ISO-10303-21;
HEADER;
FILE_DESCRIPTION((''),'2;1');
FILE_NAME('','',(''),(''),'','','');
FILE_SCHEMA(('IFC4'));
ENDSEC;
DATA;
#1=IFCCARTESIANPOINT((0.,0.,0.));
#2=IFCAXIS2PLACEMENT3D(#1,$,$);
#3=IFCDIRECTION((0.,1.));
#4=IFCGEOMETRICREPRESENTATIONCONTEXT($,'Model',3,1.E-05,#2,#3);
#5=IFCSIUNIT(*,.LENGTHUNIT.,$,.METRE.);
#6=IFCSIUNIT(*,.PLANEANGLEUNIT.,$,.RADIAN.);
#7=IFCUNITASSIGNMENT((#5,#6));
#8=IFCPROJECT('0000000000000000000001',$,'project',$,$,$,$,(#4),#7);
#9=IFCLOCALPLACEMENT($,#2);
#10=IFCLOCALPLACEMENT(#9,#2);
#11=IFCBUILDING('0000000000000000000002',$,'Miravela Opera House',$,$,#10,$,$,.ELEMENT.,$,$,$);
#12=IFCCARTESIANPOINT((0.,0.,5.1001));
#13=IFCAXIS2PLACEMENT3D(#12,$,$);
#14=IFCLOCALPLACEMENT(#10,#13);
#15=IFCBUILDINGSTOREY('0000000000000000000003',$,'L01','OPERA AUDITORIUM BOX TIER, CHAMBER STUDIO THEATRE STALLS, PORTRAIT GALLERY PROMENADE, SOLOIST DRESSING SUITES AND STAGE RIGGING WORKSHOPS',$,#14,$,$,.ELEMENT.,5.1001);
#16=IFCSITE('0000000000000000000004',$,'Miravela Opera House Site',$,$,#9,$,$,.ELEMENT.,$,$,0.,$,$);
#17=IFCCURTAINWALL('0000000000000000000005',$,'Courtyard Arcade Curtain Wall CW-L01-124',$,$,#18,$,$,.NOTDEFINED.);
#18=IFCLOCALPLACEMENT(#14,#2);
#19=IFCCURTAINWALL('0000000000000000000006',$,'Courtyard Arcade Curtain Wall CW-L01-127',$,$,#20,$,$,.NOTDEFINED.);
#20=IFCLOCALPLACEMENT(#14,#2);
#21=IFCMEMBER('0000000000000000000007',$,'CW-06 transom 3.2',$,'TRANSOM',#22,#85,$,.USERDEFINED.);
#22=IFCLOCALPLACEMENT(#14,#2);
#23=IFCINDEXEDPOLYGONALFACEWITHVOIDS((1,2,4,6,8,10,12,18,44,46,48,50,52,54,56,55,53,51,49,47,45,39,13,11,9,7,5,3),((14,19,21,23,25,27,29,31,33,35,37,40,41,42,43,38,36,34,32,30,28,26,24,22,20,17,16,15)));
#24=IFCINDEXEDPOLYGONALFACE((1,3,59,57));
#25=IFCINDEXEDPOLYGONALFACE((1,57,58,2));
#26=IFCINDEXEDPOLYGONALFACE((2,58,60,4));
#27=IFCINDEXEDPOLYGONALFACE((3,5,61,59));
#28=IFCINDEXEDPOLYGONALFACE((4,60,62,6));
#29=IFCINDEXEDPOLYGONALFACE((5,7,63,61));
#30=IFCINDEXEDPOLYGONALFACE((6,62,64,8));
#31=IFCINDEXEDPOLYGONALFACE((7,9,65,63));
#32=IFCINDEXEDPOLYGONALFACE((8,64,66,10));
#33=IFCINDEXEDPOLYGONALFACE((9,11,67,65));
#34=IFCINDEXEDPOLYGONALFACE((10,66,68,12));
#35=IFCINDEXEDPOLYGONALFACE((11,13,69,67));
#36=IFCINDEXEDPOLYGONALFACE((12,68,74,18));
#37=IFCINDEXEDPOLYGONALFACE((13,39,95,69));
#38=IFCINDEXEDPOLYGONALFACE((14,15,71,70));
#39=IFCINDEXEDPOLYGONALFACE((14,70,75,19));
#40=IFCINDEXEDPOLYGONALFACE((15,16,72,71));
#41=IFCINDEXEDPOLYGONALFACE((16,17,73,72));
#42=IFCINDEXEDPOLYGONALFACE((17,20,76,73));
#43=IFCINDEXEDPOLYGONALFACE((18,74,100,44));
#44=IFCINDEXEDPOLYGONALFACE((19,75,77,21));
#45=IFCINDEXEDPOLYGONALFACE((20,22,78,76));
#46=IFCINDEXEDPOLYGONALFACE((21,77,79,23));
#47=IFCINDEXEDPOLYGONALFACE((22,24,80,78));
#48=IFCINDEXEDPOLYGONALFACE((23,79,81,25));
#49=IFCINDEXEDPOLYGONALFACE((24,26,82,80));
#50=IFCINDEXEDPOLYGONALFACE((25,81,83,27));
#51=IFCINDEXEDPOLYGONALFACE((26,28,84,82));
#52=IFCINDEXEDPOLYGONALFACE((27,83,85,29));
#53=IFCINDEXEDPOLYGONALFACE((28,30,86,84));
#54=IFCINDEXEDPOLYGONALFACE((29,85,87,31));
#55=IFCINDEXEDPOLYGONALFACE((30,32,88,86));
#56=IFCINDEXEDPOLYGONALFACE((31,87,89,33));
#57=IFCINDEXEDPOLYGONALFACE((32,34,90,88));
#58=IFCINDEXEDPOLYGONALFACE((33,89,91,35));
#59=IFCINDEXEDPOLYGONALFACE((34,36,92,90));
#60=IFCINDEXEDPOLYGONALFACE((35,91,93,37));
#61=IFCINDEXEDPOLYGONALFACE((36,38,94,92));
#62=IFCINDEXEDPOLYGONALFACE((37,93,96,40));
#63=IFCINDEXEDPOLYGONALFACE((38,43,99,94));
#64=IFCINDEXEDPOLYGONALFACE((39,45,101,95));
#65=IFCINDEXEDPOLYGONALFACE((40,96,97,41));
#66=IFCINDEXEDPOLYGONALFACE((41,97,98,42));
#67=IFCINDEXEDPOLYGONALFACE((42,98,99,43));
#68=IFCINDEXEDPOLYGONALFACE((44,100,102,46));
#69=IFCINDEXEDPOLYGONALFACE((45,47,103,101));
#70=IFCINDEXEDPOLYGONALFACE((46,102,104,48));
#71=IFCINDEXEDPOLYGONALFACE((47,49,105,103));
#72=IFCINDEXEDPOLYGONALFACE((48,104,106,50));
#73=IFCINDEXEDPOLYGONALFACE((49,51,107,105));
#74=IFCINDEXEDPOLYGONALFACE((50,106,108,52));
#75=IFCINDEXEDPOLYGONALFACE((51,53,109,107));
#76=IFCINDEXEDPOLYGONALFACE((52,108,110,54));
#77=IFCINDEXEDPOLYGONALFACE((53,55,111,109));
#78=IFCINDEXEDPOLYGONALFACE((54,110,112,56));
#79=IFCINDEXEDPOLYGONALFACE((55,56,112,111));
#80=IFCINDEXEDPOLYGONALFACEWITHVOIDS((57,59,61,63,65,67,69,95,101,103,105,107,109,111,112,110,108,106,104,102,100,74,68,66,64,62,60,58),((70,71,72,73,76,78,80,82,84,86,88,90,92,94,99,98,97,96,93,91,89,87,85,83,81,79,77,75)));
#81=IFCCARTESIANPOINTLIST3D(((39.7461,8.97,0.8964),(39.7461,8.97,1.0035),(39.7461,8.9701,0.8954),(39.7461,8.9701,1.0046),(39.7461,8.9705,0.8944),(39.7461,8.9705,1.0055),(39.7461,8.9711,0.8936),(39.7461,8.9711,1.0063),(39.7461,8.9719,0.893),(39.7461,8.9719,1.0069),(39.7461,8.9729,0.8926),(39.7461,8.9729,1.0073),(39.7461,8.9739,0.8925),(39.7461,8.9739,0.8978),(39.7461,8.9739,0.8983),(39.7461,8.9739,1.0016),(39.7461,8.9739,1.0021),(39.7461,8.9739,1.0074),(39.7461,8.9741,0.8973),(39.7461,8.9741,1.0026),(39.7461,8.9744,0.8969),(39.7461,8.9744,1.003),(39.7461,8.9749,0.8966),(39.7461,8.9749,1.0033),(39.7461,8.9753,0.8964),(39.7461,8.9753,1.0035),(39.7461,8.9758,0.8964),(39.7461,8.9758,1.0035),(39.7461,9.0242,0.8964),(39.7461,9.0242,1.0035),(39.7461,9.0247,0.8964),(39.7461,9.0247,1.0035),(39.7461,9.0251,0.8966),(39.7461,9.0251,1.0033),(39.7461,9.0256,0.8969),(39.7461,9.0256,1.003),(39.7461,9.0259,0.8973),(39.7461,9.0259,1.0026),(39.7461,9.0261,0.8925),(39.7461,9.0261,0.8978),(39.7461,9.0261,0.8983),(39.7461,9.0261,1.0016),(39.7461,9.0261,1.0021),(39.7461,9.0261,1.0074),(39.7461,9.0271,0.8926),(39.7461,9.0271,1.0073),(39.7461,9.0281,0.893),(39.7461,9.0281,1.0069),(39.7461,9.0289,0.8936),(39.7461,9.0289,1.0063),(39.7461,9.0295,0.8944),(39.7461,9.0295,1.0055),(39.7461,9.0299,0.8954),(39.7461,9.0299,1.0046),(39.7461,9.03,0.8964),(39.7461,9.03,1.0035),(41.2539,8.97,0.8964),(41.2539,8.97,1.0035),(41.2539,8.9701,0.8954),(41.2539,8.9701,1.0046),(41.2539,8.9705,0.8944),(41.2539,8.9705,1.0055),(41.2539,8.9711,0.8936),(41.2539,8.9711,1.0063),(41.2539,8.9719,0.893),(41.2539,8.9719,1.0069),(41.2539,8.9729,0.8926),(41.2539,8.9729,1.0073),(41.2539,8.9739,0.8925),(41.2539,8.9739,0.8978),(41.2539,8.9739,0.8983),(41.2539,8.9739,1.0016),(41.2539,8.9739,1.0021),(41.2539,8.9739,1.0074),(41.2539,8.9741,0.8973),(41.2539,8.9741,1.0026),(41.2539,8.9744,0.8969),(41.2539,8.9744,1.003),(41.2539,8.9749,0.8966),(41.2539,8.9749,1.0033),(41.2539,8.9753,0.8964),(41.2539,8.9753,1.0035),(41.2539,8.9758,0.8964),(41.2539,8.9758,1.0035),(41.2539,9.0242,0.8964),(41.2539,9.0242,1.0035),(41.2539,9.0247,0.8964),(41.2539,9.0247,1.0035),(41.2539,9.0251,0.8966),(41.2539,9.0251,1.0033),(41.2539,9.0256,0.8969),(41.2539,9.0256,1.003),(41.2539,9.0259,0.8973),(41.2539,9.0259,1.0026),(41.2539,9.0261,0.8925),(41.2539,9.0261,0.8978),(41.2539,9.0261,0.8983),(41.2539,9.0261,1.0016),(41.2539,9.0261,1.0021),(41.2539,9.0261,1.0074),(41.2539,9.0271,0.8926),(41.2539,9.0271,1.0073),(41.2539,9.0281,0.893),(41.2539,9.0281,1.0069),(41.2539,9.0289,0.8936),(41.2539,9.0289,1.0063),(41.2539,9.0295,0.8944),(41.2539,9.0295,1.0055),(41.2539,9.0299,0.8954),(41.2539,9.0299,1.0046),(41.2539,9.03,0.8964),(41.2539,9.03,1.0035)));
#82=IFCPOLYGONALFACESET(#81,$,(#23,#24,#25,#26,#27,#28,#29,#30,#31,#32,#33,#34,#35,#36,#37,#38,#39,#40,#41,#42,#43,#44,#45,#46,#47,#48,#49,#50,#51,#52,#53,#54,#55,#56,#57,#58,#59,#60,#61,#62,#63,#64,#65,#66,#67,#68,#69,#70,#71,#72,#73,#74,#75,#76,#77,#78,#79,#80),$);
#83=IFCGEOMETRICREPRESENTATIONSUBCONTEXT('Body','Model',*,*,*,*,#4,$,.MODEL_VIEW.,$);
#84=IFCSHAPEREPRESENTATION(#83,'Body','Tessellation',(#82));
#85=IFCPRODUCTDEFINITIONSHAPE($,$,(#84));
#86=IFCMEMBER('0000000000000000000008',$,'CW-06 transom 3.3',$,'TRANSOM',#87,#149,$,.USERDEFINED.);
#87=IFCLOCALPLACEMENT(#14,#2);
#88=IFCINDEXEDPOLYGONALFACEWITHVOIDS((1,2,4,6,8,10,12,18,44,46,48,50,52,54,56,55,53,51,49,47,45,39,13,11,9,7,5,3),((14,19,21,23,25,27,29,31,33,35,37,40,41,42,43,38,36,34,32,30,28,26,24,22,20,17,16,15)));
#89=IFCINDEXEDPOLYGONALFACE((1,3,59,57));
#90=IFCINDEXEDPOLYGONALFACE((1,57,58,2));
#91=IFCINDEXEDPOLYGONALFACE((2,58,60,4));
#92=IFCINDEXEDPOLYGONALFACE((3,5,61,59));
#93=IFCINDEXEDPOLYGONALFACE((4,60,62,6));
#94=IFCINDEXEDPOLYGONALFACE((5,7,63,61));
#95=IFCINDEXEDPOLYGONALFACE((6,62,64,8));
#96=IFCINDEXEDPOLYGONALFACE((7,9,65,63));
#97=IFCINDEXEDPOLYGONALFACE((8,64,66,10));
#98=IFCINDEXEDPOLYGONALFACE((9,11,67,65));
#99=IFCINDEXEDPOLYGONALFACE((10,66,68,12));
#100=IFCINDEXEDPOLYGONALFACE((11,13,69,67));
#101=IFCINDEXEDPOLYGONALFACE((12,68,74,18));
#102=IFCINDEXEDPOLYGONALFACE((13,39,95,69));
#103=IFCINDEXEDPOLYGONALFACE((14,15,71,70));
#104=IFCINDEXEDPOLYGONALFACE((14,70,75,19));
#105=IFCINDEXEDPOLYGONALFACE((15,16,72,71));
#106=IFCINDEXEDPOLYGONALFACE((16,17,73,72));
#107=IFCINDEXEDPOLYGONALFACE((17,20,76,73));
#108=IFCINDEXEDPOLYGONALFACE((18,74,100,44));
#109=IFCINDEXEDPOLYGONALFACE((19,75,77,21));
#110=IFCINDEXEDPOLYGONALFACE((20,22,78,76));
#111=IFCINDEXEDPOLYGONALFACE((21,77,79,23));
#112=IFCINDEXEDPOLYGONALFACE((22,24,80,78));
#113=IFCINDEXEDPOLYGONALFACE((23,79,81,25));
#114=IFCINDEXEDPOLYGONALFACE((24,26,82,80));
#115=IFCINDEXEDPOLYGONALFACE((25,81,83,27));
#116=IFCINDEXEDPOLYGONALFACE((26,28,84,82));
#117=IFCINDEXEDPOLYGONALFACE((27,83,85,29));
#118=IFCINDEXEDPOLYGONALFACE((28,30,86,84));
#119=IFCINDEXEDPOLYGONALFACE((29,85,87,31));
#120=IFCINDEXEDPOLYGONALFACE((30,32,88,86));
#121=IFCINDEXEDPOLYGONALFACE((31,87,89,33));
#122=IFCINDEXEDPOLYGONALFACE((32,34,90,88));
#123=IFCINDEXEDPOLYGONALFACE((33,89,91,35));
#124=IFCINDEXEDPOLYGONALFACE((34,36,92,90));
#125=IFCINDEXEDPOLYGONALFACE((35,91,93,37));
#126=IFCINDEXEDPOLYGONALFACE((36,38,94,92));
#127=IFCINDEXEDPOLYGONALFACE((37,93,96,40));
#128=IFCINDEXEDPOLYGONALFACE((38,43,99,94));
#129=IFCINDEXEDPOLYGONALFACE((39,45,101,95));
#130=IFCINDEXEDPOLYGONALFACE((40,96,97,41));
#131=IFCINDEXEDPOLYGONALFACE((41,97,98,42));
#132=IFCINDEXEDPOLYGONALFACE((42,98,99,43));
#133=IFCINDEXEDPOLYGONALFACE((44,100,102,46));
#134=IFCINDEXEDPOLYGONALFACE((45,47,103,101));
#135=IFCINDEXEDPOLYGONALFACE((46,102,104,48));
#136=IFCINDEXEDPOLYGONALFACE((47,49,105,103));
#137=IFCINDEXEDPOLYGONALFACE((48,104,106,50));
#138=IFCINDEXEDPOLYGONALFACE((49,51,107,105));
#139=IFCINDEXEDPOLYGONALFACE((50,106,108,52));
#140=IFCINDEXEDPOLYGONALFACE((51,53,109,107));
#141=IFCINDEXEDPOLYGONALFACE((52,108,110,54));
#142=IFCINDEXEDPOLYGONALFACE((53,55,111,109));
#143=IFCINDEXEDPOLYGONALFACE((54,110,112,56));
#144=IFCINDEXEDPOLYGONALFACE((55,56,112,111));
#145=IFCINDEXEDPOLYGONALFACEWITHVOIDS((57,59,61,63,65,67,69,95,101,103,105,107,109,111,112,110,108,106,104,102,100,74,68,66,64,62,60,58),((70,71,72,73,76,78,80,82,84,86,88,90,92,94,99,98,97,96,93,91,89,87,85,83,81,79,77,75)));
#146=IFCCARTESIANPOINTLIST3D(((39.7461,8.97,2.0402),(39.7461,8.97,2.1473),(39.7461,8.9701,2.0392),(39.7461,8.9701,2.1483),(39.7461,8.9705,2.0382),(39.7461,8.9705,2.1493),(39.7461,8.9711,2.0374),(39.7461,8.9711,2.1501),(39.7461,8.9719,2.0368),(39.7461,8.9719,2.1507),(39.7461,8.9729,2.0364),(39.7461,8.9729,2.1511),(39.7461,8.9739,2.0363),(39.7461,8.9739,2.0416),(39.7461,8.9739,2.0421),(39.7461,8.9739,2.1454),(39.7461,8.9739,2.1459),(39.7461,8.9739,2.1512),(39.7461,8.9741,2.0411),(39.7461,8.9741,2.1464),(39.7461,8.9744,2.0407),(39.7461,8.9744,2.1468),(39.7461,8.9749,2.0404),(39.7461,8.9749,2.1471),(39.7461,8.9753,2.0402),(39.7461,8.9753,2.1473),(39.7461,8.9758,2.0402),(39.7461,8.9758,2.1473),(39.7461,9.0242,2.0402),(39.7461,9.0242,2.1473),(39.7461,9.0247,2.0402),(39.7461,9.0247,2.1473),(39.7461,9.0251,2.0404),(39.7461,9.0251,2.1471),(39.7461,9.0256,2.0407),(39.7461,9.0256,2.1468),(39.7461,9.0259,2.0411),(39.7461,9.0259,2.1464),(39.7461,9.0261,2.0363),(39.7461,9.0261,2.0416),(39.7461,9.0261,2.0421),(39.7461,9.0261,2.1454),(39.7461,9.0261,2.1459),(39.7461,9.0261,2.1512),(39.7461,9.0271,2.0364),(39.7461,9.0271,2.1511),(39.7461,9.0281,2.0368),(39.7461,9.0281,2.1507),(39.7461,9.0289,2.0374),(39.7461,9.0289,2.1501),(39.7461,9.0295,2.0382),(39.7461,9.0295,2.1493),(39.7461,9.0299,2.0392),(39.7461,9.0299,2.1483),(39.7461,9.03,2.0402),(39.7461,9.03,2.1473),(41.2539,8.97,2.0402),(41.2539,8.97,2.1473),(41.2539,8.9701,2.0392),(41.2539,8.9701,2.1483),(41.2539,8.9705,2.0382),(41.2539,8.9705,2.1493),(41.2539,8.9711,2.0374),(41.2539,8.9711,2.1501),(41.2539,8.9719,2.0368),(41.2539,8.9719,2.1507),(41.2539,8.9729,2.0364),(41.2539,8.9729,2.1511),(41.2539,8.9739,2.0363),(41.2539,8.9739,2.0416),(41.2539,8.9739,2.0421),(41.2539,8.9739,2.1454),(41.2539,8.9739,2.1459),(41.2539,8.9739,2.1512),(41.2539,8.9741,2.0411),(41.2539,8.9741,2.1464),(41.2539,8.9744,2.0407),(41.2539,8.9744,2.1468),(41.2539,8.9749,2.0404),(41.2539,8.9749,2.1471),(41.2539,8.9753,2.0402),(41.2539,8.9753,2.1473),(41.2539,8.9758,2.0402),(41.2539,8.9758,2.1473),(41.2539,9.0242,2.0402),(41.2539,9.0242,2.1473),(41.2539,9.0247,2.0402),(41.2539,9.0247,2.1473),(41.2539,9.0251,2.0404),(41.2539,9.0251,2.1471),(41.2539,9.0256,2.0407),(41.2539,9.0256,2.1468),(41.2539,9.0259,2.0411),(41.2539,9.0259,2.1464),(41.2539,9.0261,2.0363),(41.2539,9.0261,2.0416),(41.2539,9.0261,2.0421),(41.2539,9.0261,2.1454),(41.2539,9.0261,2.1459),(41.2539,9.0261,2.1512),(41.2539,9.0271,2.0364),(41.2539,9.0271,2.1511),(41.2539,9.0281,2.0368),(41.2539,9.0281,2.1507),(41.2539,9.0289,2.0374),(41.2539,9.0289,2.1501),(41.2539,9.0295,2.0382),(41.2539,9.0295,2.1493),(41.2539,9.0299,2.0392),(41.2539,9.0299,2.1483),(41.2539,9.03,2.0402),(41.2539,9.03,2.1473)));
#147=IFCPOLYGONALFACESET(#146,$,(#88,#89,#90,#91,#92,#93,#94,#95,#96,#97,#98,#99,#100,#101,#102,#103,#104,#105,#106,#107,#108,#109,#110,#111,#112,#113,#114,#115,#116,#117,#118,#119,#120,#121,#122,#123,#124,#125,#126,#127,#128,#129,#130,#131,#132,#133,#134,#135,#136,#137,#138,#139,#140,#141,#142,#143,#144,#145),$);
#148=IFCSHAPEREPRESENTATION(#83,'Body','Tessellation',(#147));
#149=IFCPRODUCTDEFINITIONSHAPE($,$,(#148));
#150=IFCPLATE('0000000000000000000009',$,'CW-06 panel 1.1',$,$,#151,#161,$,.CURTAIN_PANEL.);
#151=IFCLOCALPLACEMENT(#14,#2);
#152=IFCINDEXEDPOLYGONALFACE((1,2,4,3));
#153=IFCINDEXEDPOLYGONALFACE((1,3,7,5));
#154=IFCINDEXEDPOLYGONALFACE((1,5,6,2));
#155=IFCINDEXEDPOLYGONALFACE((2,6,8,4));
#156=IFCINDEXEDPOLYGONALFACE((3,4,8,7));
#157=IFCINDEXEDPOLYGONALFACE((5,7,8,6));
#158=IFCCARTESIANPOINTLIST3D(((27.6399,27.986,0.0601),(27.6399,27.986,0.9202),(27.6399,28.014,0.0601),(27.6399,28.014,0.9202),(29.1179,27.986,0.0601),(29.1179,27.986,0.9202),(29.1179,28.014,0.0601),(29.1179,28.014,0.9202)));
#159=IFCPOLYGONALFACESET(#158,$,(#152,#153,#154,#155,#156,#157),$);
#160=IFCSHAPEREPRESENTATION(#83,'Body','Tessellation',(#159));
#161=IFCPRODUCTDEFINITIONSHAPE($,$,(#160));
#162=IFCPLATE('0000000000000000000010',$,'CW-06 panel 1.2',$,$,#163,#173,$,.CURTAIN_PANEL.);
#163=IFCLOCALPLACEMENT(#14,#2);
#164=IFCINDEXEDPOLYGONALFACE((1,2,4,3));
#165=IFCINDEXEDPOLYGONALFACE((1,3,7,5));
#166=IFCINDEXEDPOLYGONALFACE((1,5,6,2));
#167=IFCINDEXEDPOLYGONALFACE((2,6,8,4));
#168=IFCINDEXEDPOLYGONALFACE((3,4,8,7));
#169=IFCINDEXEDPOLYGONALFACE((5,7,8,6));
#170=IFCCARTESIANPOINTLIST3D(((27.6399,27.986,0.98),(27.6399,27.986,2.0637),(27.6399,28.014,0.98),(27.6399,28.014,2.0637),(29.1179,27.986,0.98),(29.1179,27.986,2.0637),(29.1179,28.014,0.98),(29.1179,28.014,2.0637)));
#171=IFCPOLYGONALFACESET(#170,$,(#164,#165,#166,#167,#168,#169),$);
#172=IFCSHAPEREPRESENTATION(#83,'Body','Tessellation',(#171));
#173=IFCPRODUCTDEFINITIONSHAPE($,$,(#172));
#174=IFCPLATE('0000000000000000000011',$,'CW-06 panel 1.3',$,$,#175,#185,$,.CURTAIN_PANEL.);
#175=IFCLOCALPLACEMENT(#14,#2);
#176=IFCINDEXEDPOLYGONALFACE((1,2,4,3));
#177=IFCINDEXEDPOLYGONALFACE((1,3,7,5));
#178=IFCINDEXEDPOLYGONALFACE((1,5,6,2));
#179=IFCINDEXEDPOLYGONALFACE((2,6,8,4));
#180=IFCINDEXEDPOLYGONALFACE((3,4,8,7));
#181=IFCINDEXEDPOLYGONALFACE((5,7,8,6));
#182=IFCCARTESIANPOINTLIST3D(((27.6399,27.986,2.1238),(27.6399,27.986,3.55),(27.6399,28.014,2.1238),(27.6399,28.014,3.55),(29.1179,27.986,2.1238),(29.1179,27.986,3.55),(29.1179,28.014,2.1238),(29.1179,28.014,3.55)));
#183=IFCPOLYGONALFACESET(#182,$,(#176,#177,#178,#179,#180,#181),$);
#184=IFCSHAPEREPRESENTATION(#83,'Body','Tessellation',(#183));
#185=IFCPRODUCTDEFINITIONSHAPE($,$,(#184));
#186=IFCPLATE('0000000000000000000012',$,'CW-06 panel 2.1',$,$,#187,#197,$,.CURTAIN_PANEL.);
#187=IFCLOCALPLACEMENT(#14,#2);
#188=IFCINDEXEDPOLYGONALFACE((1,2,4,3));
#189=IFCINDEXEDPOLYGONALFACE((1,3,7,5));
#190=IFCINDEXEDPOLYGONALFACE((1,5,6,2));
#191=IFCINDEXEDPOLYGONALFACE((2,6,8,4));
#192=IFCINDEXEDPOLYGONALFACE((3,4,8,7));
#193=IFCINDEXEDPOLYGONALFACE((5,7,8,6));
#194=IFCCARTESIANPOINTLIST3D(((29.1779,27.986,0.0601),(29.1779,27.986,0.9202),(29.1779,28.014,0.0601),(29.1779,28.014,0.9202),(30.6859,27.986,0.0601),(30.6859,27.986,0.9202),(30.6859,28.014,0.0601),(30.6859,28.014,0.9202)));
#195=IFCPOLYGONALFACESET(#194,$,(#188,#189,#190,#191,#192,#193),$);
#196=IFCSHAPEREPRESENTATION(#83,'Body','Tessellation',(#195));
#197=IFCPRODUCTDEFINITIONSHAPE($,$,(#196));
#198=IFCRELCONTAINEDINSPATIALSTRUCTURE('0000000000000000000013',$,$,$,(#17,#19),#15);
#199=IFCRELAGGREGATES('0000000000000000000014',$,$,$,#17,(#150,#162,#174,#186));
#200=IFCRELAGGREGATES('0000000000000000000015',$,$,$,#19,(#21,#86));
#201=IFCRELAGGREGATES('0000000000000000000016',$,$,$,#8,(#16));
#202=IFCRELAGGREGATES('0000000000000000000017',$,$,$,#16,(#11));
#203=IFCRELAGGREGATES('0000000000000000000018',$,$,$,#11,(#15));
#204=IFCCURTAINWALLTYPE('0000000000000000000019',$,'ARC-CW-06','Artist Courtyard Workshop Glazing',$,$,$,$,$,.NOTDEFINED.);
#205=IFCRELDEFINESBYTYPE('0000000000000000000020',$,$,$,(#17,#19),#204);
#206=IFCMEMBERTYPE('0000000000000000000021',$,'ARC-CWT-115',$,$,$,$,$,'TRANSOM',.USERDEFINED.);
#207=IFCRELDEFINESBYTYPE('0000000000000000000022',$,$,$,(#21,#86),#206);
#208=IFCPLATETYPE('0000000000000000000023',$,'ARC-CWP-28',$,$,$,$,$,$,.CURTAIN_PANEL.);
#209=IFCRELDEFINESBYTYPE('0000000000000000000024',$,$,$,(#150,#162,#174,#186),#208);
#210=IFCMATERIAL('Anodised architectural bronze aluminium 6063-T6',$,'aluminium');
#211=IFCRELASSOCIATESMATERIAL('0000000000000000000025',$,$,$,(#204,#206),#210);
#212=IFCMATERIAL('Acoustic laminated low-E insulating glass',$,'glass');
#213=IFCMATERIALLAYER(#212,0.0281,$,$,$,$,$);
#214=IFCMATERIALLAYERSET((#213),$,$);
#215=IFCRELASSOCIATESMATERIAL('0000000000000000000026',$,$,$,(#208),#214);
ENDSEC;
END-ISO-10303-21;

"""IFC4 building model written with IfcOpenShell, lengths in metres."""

from ifc_helpers import new_model, si_unit, direction, frame, origin, origin_2d, place, context, subcontext, project, spatial, rectangle, hollow_rectangle, extrude, material, layer, layer_set, material_profile, profile_set, type_object, element, aggregate, save


model = new_model("IFC4")

# Units and contexts
model_context = context("Model", 3, precision=1e-05, world=origin(), true_north=direction((0.0, 1.0)))
body_context = subcontext(model_context, "Body", "Model", "MODEL_VIEW")
ifc_project = project(units=[si_unit("LENGTHUNIT", "METRE"), si_unit("PLANEANGLEUNIT", "RADIAN")], contexts=[model_context])

# Site, building, storey
site_placement = place(None, origin())
site = spatial("IfcSite", under=ifc_project, at=site_placement, Name="Miravela Opera House Site", CompositionType="ELEMENT", RefElevation=0.0)
building_placement = place(site_placement, origin())
building = spatial("IfcBuilding", under=site, at=building_placement, Name="Miravela Opera House", CompositionType="ELEMENT")
storey_placement = place(building_placement, frame((0.0, 0.0, 5.1001)))
storey = spatial("IfcBuildingStorey", under=building, at=storey_placement, Name="L01", Description="OPERA AUDITORIUM BOX TIER, CHAMBER STUDIO THEATRE STALLS, PORTRAIT GALLERY PROMENADE, SOLOIST DRESSING SUITES AND STAGE RIGGING WORKSHOPS", CompositionType="ELEMENT", Elevation=5.1001)

# Curtain wall
ifc_material_1 = material(Name="Anodised architectural bronze aluminium 6063-T6", Category="aluminium")
curtain_wall_type = type_object("IfcCurtainWallType", Name="ARC-CW-06", Description="Artist Courtyard Workshop Glazing", PredefinedType="NOTDEFINED", material=ifc_material_1)
curtain_wall_1_placement = place(storey_placement, origin())
curtain_wall_1 = element("IfcCurtainWall", 1, at=curtain_wall_1_placement, inside=storey, type_object=curtain_wall_type, Name="Courtyard Arcade Curtain Wall CW-L01-124", PredefinedType="NOTDEFINED")

# Curtain wall
curtain_wall_2_placement = place(storey_placement, origin())
curtain_wall_2 = element("IfcCurtainWall", 2, at=curtain_wall_2_placement, inside=storey, type_object=curtain_wall_type, Name="Courtyard Arcade Curtain Wall CW-L01-127", PredefinedType="NOTDEFINED")

# Members
ifc_material_profile_1 = material_profile(ifc_material_1, hollow_rectangle(XDim=0.0601, YDim=0.115, WallThickness=0.0039, InnerFilletRadius=0.002, OuterFilletRadius=0.0039, at=origin_2d()), Name="CWT-60X115")
ifc_profile_set_1 = profile_set([ifc_material_profile_1])
member_type_1 = type_object("IfcMemberType", Name="ARC-CWT-115", ElementType="TRANSOM", PredefinedType="USERDEFINED", material=ifc_profile_set_1)
member_1_placement = place(storey_placement, frame((39.7461, 9.0, 0.95), z_axis=(1.0, 0.0, 0.0), x_axis=(0.0, 1.0, 0.0)))
member_1 = element("IfcMember", 3, at=member_1_placement, type_object=member_type_1, Name="CW-06 transom 3.2", ObjectType="TRANSOM", PredefinedType="USERDEFINED", context=body_context, shape_type="SweptSolid", body=[
    extrude(hollow_rectangle(XDim=0.0601, YDim=0.115, WallThickness=0.0039, InnerFilletRadius=0.002, OuterFilletRadius=0.0039, at=origin_2d()), origin(), (0.0, 0.0, 1.0), 1.5078),
])
member_2_placement = place(storey_placement, frame((39.7461, 9.0, 2.0938), z_axis=(1.0, 0.0, 0.0), x_axis=(0.0, 1.0, 0.0)))
member_2 = element("IfcMember", 4, at=member_2_placement, type_object=member_type_1, Name="CW-06 transom 3.3", ObjectType="TRANSOM", PredefinedType="USERDEFINED", context=body_context, shape_type="SweptSolid", body=[
    extrude(hollow_rectangle(XDim=0.0601, YDim=0.115, WallThickness=0.0039, InnerFilletRadius=0.002, OuterFilletRadius=0.0039, at=origin_2d()), origin(), (0.0, 0.0, 1.0), 1.5078),
])

# Plates
ifc_material_2 = material(Name="Acoustic laminated low-E insulating glass", Category="glass")
ifc_layer = layer(ifc_material_2, 0.0281)
ifc_layer_set = layer_set([ifc_layer])
plate_type = type_object("IfcPlateType", Name="ARC-CWP-28", PredefinedType="CURTAIN_PANEL", material=ifc_layer_set)
plate_1_placement = place(storey_placement, frame((28.3789, 28.0, 0.0601), z_axis=(0.0, 0.0, 1.0), x_axis=(1.0, 0.0, 0.0)))
plate_1 = element("IfcPlate", 5, at=plate_1_placement, type_object=plate_type, Name="CW-06 panel 1.1", PredefinedType="CURTAIN_PANEL", context=body_context, shape_type="SweptSolid", body=[
    extrude(rectangle(XDim=1.478, YDim=0.0281, at=origin_2d()), origin(), (0.0, 0.0, 1.0), 0.8601),
])
plate_2_placement = place(storey_placement, frame((28.3789, 28.0, 0.98), z_axis=(0.0, 0.0, 1.0), x_axis=(1.0, 0.0, 0.0)))
plate_2 = element("IfcPlate", 6, at=plate_2_placement, type_object=plate_type, Name="CW-06 panel 1.2", PredefinedType="CURTAIN_PANEL", context=body_context, shape_type="SweptSolid", body=[
    extrude(rectangle(XDim=1.478, YDim=0.0281, at=origin_2d()), origin(), (0.0, 0.0, 1.0), 1.0837),
])
plate_3_placement = place(storey_placement, frame((28.3789, 28.0, 2.1238), z_axis=(0.0, 0.0, 1.0), x_axis=(1.0, 0.0, 0.0)))
plate_3 = element("IfcPlate", 7, at=plate_3_placement, type_object=plate_type, Name="CW-06 panel 1.3", PredefinedType="CURTAIN_PANEL", context=body_context, shape_type="SweptSolid", body=[
    extrude(rectangle(XDim=1.478, YDim=0.0281, at=origin_2d()), origin(), (0.0, 0.0, 1.0), 1.4263),
])
plate_4_placement = place(storey_placement, frame((29.9319, 28.0, 0.0601), z_axis=(0.0, 0.0, 1.0), x_axis=(1.0, 0.0, 0.0)))
plate_4 = element("IfcPlate", 8, at=plate_4_placement, type_object=plate_type, Name="CW-06 panel 2.1", PredefinedType="CURTAIN_PANEL", context=body_context, shape_type="SweptSolid", body=[
    extrude(rectangle(XDim=1.5081, YDim=0.0281, at=origin_2d()), origin(), (0.0, 0.0, 1.0), 0.8601),
])
aggregate(curtain_wall_1, [plate_1, plate_2, plate_3, plate_4])
aggregate(curtain_wall_2, [member_1, member_2])

save(model, "model.ifc")
